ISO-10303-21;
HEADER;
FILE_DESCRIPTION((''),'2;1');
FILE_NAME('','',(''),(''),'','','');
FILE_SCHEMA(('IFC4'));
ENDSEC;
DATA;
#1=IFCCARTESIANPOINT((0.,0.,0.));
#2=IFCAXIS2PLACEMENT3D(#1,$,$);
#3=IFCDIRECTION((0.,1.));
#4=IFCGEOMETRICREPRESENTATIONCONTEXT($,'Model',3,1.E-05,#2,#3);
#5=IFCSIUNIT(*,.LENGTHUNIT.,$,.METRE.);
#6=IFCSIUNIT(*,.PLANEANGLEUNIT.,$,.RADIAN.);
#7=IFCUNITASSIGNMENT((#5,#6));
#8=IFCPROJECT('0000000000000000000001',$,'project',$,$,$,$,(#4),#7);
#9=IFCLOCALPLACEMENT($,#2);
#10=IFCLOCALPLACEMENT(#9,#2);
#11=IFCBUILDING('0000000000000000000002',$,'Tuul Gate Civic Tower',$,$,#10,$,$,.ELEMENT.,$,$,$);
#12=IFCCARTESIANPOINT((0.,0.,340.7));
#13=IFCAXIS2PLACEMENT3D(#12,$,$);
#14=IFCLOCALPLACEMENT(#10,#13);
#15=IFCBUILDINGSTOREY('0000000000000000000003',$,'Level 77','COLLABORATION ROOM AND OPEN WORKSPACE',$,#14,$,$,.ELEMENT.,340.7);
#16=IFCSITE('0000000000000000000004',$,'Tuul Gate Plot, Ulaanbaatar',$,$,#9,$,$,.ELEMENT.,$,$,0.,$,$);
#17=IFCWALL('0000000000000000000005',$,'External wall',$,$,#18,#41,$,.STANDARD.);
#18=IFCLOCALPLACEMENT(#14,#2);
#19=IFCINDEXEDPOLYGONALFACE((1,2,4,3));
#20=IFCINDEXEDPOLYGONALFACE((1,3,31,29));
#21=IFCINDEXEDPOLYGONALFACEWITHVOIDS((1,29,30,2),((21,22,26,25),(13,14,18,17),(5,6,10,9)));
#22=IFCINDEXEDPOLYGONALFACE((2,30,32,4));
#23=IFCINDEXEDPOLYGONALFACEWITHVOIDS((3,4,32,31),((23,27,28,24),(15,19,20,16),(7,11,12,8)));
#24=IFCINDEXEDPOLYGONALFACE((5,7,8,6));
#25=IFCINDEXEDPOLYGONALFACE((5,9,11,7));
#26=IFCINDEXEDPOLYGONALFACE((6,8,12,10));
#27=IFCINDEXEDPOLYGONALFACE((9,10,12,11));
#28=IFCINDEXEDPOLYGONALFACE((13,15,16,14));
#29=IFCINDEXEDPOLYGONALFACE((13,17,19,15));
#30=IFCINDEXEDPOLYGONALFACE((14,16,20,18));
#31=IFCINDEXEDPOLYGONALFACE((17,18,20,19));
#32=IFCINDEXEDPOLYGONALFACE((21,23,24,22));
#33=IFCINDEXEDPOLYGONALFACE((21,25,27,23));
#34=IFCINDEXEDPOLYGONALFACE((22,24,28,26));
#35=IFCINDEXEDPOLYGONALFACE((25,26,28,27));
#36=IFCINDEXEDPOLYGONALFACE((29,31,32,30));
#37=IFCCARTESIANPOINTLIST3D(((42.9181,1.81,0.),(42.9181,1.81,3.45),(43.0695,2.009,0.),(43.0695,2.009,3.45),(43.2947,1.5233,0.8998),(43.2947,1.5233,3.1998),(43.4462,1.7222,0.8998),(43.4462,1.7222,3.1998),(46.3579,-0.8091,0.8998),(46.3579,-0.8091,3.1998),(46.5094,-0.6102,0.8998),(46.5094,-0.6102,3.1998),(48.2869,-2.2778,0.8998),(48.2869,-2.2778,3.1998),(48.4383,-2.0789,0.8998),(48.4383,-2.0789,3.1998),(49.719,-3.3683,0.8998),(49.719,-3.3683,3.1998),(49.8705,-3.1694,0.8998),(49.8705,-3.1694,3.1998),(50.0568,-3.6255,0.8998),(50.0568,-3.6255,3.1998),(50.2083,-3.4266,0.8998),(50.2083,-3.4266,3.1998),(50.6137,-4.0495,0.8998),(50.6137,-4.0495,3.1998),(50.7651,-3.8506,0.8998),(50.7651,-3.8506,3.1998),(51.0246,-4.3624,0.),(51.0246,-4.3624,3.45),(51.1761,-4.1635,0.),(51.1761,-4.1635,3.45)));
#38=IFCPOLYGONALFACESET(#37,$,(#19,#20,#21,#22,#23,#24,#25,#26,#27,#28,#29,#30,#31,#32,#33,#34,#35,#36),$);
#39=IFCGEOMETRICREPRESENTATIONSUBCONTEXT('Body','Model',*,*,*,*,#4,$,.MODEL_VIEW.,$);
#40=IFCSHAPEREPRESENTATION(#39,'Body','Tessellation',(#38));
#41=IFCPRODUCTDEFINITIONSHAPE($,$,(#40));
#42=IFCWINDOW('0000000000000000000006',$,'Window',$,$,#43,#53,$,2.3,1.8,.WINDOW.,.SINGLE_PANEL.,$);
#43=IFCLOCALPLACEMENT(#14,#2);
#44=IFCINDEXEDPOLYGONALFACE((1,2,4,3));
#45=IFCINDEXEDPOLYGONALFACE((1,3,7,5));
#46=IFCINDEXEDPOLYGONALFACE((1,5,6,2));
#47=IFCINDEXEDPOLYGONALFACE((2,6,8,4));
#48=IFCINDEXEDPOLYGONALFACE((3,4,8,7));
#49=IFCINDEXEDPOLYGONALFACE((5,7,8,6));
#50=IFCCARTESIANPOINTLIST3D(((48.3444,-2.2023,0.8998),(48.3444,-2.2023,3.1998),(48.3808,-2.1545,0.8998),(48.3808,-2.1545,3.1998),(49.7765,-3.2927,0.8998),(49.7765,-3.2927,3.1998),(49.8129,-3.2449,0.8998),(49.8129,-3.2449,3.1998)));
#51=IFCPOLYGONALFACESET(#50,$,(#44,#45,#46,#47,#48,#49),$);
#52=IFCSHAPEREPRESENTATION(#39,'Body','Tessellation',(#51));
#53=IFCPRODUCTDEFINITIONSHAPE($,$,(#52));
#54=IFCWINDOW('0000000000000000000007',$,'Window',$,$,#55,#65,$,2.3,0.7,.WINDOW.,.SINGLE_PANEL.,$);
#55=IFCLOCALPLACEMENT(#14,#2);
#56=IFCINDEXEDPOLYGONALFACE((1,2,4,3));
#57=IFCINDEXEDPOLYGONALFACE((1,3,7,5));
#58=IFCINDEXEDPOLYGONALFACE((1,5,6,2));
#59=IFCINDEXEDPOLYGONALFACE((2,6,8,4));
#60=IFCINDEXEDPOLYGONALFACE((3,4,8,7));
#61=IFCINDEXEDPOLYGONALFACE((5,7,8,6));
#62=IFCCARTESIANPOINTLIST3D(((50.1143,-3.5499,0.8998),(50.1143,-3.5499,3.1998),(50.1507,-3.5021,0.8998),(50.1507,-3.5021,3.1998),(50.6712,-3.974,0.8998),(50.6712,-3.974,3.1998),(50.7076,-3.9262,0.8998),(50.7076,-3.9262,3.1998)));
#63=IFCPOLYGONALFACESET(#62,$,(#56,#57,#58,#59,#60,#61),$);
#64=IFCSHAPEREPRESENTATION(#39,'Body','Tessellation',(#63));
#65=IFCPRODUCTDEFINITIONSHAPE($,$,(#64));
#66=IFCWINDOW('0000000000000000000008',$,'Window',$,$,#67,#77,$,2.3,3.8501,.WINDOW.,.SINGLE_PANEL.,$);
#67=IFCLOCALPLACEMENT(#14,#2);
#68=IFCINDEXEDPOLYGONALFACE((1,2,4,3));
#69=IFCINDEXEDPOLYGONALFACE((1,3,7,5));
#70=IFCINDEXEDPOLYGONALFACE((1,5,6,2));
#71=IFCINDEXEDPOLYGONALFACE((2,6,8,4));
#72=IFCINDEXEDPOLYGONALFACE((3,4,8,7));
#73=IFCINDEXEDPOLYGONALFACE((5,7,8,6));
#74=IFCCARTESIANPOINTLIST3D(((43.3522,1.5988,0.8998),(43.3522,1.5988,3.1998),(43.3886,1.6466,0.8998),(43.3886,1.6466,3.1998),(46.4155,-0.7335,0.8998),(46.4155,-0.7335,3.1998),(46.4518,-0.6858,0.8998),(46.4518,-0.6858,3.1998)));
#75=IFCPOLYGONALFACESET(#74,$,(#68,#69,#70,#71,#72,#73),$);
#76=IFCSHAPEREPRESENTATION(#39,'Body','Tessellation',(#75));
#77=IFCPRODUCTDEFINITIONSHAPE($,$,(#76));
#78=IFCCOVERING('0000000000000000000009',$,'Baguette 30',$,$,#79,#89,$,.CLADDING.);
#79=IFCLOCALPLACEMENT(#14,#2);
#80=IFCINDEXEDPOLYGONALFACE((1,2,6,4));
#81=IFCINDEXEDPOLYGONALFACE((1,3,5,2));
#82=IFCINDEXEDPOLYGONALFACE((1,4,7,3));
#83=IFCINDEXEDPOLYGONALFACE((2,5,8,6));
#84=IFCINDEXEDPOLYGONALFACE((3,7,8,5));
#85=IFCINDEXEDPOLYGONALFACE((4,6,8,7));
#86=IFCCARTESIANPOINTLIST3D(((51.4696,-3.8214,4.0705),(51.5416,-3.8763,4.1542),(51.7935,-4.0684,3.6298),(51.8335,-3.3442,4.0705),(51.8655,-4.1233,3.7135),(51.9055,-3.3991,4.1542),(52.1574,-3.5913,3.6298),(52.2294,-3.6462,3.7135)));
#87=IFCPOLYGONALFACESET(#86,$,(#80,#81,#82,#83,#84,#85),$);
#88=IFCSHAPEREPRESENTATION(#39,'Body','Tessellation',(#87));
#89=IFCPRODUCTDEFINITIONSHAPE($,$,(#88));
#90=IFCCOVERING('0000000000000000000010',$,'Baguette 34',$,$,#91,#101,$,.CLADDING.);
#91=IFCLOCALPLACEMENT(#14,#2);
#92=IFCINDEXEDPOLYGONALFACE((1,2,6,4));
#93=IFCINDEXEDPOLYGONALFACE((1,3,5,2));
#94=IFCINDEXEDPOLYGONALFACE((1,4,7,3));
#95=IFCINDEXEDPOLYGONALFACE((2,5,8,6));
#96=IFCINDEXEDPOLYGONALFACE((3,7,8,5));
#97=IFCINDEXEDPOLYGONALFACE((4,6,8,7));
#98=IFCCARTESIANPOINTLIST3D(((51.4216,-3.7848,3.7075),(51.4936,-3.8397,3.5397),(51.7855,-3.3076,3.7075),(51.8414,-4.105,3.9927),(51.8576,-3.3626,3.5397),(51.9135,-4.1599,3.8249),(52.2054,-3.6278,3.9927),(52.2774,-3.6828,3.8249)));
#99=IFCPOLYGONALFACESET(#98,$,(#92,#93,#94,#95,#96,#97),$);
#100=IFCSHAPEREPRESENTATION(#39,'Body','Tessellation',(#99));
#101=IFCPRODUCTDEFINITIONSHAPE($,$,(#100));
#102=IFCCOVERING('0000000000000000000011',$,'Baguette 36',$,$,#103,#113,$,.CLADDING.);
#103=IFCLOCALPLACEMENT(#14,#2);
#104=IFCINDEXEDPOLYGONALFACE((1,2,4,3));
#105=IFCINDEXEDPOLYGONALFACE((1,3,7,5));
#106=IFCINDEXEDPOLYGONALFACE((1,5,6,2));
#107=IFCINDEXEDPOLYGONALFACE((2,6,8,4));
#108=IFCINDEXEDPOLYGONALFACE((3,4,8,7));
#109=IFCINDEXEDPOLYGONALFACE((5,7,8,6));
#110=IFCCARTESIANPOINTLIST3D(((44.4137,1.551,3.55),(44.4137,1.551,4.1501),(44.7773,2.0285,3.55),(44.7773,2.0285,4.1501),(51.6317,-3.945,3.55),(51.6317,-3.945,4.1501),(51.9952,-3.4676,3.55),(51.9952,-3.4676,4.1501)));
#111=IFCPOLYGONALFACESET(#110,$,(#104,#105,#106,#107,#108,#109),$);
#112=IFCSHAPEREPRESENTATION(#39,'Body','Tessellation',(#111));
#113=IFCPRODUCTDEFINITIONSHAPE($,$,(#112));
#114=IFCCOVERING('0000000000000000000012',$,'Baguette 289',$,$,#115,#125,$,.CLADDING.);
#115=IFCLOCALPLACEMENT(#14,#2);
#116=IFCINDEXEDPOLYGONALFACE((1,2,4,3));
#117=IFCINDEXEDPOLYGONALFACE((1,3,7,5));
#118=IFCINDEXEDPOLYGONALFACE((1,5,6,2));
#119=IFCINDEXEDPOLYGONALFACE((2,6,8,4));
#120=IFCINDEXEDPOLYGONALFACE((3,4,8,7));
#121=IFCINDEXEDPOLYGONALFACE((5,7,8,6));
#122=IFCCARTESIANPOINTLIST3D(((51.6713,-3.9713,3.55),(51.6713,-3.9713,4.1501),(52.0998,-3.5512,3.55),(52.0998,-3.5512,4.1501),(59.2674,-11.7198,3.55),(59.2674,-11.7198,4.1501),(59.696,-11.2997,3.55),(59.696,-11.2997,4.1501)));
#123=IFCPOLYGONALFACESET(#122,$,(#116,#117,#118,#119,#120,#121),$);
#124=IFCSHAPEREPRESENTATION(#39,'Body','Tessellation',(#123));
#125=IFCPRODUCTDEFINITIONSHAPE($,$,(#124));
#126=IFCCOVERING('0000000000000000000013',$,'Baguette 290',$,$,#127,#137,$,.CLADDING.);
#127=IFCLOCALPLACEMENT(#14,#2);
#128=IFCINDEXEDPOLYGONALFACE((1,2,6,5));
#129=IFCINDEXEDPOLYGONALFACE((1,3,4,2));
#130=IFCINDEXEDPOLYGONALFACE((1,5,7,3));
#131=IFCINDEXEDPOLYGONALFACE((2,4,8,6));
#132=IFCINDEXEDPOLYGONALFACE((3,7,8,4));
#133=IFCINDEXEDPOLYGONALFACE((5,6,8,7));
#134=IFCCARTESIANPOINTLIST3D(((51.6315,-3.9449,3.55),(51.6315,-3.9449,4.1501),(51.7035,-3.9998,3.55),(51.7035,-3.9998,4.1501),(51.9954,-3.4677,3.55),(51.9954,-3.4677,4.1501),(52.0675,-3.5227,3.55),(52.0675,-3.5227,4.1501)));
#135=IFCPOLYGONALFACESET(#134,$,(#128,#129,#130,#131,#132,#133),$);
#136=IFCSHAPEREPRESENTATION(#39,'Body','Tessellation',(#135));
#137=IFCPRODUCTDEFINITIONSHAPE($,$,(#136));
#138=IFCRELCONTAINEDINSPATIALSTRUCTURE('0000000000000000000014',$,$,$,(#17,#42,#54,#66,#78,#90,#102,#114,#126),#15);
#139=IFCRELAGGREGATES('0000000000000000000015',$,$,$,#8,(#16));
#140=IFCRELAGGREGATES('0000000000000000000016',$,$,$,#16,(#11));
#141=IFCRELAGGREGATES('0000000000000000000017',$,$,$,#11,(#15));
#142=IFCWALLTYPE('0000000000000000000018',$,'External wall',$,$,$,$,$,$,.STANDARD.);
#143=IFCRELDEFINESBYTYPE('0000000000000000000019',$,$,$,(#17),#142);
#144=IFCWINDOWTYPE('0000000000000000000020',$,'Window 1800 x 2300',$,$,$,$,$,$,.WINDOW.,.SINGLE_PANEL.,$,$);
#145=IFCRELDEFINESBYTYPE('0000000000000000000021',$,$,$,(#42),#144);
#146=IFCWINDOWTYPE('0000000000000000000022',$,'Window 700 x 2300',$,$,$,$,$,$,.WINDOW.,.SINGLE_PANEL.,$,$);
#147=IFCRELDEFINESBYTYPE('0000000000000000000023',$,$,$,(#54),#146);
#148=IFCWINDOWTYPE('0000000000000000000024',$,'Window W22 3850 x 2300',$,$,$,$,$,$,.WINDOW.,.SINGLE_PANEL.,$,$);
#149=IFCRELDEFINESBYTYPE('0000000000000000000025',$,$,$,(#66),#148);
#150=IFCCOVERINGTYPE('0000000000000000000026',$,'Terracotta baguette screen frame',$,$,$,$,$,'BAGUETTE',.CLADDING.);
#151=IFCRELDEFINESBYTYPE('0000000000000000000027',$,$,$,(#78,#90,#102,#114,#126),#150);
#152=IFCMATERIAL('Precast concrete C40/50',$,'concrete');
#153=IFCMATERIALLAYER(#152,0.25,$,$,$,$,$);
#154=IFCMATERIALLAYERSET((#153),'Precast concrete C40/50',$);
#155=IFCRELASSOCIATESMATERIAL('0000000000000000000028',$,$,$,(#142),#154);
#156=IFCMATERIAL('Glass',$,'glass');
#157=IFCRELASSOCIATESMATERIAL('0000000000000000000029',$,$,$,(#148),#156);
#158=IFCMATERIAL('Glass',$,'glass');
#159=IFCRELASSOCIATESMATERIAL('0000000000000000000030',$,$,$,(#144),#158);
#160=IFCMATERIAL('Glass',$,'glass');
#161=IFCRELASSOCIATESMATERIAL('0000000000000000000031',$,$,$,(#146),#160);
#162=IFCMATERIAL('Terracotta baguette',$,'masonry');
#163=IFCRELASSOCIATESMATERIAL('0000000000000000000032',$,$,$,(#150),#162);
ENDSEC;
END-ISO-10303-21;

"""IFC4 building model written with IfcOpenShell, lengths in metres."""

from ifc_helpers import new_model, si_unit, direction, frame, frame_2d, origin, origin_2d, place, context, subcontext, project, spatial, rectangle, extrude, material, layer, layer_set, material_profile, profile_set, type_object, element, fill, save


model = new_model("IFC4")

# Units and contexts
model_context = context("Model", 3, precision=1e-05, world=origin(), true_north=direction((0.0, 1.0)))
body_context = subcontext(model_context, "Body", "Model", "MODEL_VIEW")
ifc_project = project(units=[si_unit("LENGTHUNIT", "METRE"), si_unit("PLANEANGLEUNIT", "RADIAN")], contexts=[model_context])

# Site, building, storey
site_placement = place(None, origin())
site = spatial("IfcSite", under=ifc_project, at=site_placement, Name="Tuul Gate Plot, Ulaanbaatar", CompositionType="ELEMENT", RefElevation=0.0)
building_placement = place(site_placement, origin())
building = spatial("IfcBuilding", under=site, at=building_placement, Name="Tuul Gate Civic Tower", CompositionType="ELEMENT")
storey_placement = place(building_placement, frame((0.0, 0.0, 340.7)))
storey = spatial("IfcBuildingStorey", under=building, at=storey_placement, Name="Level 77", Description="COLLABORATION ROOM AND OPEN WORKSPACE", CompositionType="ELEMENT", Elevation=340.7)

# Wall, openings, windows
ifc_material_1 = material(Name="Precast concrete C40/50", Category="concrete")
ifc_layer_1 = layer(ifc_material_1, 0.25)
ifc_layer_set_1 = layer_set([ifc_layer_1], Name="Precast concrete C40/50")
wall_type_1 = type_object("IfcWallType", Name="External wall", PredefinedType="STANDARD", material=ifc_layer_set_1)
ifc_material_2 = material(Name="Glass", Category="glass")
window_type_1 = type_object("IfcWindowType", Name="Window W22 3850 x 2300", PartitioningType="SINGLE_PANEL", PredefinedType="WINDOW", material=ifc_material_2)
wall_1_placement = place(storey_placement, frame((51.1003, -4.2629, 0.0), z_axis=(0.0, 0.0, 1.0), x_axis=(-0.79562, 0.605796, 0.0)))
wall_1 = element("IfcWall", 1, at=wall_1_placement, inside=storey, type_object=wall_type_1, Name="External wall", PredefinedType="STANDARD", context=body_context, shape_type="SweptSolid", body=[
    extrude(rectangle(XDim=10.189, YDim=0.25, at=frame_2d((5.0945, 0.0))), origin(), (0.0, 0.0, 1.0), 3.45),
])
opening_1_placement = place(wall_1_placement, frame((5.8655, 0.0, 0.8999)))
opening_1 = element("IfcOpeningElement", 2, at=opening_1_placement, cuts=wall_1, PredefinedType="OPENING", context=body_context, shape_type="SweptSolid", body=[
    extrude(rectangle(XDim=3.8501, YDim=2.3, at=frame_2d((1.925, 1.1499))), frame((0.0, 0.135, 0.0), z_axis=(0.0, -1.0, 0.0), x_axis=(1.0, 0.0, 0.0)), (0.0, 0.0, 1.0), 0.27),
])
opening_2_placement = place(wall_1_placement, frame((0.5164, 0.0, 0.8999)))
opening_2 = element("IfcOpeningElement", 3, at=opening_2_placement, cuts=wall_1, PredefinedType="OPENING", context=body_context, shape_type="SweptSolid", body=[
    extrude(rectangle(XDim=0.7, YDim=2.3, at=frame_2d((0.3501, 1.1499))), frame((0.0, 0.135, 0.0), z_axis=(0.0, -1.0, 0.0), x_axis=(1.0, 0.0, 0.0)), (0.0, 0.0, 1.0), 0.27),
])
opening_3_placement = place(wall_1_placement, frame((1.6411, 0.0, 0.8999)))
opening_3 = element("IfcOpeningElement", 4, at=opening_3_placement, cuts=wall_1, PredefinedType="OPENING", context=body_context, shape_type="SweptSolid", body=[
    extrude(rectangle(XDim=1.8, YDim=2.3, at=frame_2d((0.8999, 1.1499))), frame((0.0, 0.135, 0.0), z_axis=(0.0, -1.0, 0.0), x_axis=(1.0, 0.0, 0.0)), (0.0, 0.0, 1.0), 0.27),
])
ifc_material_3 = material(Name="Glass", Category="glass")
window_type_2 = type_object("IfcWindowType", Name="Window 1800 x 2300", PartitioningType="SINGLE_PANEL", PredefinedType="WINDOW", material=ifc_material_3)
window_1_placement = place(opening_3_placement, origin())
window_1 = element("IfcWindow", 5, at=window_1_placement, inside=storey, type_object=window_type_2, Name="Window", OverallHeight=2.3, OverallWidth=1.8, PartitioningType="SINGLE_PANEL", PredefinedType="WINDOW", context=body_context, shape_type="SweptSolid", body=[
    extrude(rectangle(XDim=1.8, YDim=2.3, at=frame_2d((0.8999, 1.1499))), frame((0.0, 0.03, 0.0), z_axis=(0.0, -1.0, 0.0), x_axis=(1.0, 0.0, 0.0)), (0.0, 0.0, 1.0), 0.0601),
])
fill(opening_3, window_1)
ifc_material_4 = material(Name="Glass", Category="glass")
window_type_3 = type_object("IfcWindowType", Name="Window 700 x 2300", PartitioningType="SINGLE_PANEL", PredefinedType="WINDOW", material=ifc_material_4)
window_2_placement = place(opening_2_placement, origin())
window_2 = element("IfcWindow", 6, at=window_2_placement, inside=storey, type_object=window_type_3, Name="Window", OverallHeight=2.3, OverallWidth=0.7, PartitioningType="SINGLE_PANEL", PredefinedType="WINDOW", context=body_context, shape_type="SweptSolid", body=[
    extrude(rectangle(XDim=0.7, YDim=2.3, at=frame_2d((0.3501, 1.1499))), frame((0.0, 0.03, 0.0), z_axis=(0.0, -1.0, 0.0), x_axis=(1.0, 0.0, 0.0)), (0.0, 0.0, 1.0), 0.0601),
])
fill(opening_2, window_2)
window_3_placement = place(opening_1_placement, origin())
window_3 = element("IfcWindow", 7, at=window_3_placement, inside=storey, type_object=window_type_1, Name="Window", OverallHeight=2.3, OverallWidth=3.8501, PartitioningType="SINGLE_PANEL", PredefinedType="WINDOW", context=body_context, shape_type="SweptSolid", body=[
    extrude(rectangle(XDim=3.8501, YDim=2.3, at=frame_2d((1.925, 1.1499))), frame((0.0, 0.03, 0.0), z_axis=(0.0, -1.0, 0.0), x_axis=(1.0, 0.0, 0.0)), (0.0, 0.0, 1.0), 0.0601),
])
fill(opening_1, window_3)

# Coverings
ifc_material_5 = material(Name="Terracotta baguette", Category="masonry")
ifc_material_profile_1 = material_profile(ifc_material_5, rectangle(XDim=0.6001, YDim=0.6001, at=origin_2d()), Name="Terracotta baguette screen frame")
ifc_profile_set_1 = profile_set([ifc_material_profile_1], Name="Terracotta baguette")
covering_type = type_object("IfcCoveringType", Name="Terracotta baguette screen frame", ElementType="BAGUETTE", PredefinedType="CLADDING", material=ifc_profile_set_1)
covering_1_placement = place(storey_placement, frame((51.8855, -3.7612, 3.9338), z_axis=(-0.583845, 0.445305, -0.678843), x_axis=(-0.606449, -0.795122, 0.0)))
element("IfcCovering", 8, at=covering_1_placement, inside=storey, type_object=covering_type, Name="Baguette 30", PredefinedType="CLADDING", context=body_context, shape_type="SweptSolid", body=[
    extrude(rectangle(XDim=0.6001, YDim=0.6001, at=origin_2d()), origin(), (0.0, 0.0, 1.0), 0.1233),
])
covering_2_placement = place(storey_placement, frame((51.8135, -3.7063, 3.8501), z_axis=(0.377827, -0.288173, -0.879888), x_axis=(0.606449, 0.795122, 0.0)))
element("IfcCovering", 9, at=covering_2_placement, inside=storey, type_object=covering_type, Name="Baguette 34", PredefinedType="CLADDING", context=body_context, shape_type="SweptSolid", body=[
    extrude(rectangle(XDim=0.6001, YDim=0.6001, at=origin_2d()), origin(), (0.0, 0.0, 1.0), 0.1907),
])
covering_3_placement = place(storey_placement, frame((51.8135, -3.7063, 3.8501), z_axis=(-0.79561, 0.60581, 0.0), x_axis=(-0.60581, -0.79561, 0.0)))
element("IfcCovering", 10, at=covering_3_placement, inside=storey, type_object=covering_type, Name="Baguette 36", PredefinedType="CLADDING", context=body_context, shape_type="SweptSolid", body=[
    extrude(rectangle(XDim=0.6001, YDim=0.6001, at=origin_2d()), origin(), (0.0, 0.0, 1.0), 9.0723),
])
covering_4_placement = place(storey_placement, frame((59.4817, -11.5098, 3.8501), z_axis=(-0.700052, 0.714092, 0.0), x_axis=(-0.714092, -0.700052, 0.0)))
element("IfcCovering", 11, at=covering_4_placement, inside=storey, type_object=covering_type, Name="Baguette 289", PredefinedType="CLADDING", context=body_context, shape_type="SweptSolid", body=[
    extrude(rectangle(XDim=0.6001, YDim=0.6001, at=origin_2d()), origin(), (0.0, 0.0, 1.0), 10.8508),
])
covering_5_placement = place(storey_placement, frame((51.8855, -3.7612, 3.8501), z_axis=(-0.795122, 0.606449, 0.0), x_axis=(-0.606449, -0.795122, 0.0)))
element("IfcCovering", 12, at=covering_5_placement, inside=storey, type_object=covering_type, Name="Baguette 290", PredefinedType="CLADDING", context=body_context, shape_type="SweptSolid", body=[
    extrude(rectangle(XDim=0.6001, YDim=0.6001, at=origin_2d()), origin(), (0.0, 0.0, 1.0), 0.0906),
])

save(model, "model.ifc")
